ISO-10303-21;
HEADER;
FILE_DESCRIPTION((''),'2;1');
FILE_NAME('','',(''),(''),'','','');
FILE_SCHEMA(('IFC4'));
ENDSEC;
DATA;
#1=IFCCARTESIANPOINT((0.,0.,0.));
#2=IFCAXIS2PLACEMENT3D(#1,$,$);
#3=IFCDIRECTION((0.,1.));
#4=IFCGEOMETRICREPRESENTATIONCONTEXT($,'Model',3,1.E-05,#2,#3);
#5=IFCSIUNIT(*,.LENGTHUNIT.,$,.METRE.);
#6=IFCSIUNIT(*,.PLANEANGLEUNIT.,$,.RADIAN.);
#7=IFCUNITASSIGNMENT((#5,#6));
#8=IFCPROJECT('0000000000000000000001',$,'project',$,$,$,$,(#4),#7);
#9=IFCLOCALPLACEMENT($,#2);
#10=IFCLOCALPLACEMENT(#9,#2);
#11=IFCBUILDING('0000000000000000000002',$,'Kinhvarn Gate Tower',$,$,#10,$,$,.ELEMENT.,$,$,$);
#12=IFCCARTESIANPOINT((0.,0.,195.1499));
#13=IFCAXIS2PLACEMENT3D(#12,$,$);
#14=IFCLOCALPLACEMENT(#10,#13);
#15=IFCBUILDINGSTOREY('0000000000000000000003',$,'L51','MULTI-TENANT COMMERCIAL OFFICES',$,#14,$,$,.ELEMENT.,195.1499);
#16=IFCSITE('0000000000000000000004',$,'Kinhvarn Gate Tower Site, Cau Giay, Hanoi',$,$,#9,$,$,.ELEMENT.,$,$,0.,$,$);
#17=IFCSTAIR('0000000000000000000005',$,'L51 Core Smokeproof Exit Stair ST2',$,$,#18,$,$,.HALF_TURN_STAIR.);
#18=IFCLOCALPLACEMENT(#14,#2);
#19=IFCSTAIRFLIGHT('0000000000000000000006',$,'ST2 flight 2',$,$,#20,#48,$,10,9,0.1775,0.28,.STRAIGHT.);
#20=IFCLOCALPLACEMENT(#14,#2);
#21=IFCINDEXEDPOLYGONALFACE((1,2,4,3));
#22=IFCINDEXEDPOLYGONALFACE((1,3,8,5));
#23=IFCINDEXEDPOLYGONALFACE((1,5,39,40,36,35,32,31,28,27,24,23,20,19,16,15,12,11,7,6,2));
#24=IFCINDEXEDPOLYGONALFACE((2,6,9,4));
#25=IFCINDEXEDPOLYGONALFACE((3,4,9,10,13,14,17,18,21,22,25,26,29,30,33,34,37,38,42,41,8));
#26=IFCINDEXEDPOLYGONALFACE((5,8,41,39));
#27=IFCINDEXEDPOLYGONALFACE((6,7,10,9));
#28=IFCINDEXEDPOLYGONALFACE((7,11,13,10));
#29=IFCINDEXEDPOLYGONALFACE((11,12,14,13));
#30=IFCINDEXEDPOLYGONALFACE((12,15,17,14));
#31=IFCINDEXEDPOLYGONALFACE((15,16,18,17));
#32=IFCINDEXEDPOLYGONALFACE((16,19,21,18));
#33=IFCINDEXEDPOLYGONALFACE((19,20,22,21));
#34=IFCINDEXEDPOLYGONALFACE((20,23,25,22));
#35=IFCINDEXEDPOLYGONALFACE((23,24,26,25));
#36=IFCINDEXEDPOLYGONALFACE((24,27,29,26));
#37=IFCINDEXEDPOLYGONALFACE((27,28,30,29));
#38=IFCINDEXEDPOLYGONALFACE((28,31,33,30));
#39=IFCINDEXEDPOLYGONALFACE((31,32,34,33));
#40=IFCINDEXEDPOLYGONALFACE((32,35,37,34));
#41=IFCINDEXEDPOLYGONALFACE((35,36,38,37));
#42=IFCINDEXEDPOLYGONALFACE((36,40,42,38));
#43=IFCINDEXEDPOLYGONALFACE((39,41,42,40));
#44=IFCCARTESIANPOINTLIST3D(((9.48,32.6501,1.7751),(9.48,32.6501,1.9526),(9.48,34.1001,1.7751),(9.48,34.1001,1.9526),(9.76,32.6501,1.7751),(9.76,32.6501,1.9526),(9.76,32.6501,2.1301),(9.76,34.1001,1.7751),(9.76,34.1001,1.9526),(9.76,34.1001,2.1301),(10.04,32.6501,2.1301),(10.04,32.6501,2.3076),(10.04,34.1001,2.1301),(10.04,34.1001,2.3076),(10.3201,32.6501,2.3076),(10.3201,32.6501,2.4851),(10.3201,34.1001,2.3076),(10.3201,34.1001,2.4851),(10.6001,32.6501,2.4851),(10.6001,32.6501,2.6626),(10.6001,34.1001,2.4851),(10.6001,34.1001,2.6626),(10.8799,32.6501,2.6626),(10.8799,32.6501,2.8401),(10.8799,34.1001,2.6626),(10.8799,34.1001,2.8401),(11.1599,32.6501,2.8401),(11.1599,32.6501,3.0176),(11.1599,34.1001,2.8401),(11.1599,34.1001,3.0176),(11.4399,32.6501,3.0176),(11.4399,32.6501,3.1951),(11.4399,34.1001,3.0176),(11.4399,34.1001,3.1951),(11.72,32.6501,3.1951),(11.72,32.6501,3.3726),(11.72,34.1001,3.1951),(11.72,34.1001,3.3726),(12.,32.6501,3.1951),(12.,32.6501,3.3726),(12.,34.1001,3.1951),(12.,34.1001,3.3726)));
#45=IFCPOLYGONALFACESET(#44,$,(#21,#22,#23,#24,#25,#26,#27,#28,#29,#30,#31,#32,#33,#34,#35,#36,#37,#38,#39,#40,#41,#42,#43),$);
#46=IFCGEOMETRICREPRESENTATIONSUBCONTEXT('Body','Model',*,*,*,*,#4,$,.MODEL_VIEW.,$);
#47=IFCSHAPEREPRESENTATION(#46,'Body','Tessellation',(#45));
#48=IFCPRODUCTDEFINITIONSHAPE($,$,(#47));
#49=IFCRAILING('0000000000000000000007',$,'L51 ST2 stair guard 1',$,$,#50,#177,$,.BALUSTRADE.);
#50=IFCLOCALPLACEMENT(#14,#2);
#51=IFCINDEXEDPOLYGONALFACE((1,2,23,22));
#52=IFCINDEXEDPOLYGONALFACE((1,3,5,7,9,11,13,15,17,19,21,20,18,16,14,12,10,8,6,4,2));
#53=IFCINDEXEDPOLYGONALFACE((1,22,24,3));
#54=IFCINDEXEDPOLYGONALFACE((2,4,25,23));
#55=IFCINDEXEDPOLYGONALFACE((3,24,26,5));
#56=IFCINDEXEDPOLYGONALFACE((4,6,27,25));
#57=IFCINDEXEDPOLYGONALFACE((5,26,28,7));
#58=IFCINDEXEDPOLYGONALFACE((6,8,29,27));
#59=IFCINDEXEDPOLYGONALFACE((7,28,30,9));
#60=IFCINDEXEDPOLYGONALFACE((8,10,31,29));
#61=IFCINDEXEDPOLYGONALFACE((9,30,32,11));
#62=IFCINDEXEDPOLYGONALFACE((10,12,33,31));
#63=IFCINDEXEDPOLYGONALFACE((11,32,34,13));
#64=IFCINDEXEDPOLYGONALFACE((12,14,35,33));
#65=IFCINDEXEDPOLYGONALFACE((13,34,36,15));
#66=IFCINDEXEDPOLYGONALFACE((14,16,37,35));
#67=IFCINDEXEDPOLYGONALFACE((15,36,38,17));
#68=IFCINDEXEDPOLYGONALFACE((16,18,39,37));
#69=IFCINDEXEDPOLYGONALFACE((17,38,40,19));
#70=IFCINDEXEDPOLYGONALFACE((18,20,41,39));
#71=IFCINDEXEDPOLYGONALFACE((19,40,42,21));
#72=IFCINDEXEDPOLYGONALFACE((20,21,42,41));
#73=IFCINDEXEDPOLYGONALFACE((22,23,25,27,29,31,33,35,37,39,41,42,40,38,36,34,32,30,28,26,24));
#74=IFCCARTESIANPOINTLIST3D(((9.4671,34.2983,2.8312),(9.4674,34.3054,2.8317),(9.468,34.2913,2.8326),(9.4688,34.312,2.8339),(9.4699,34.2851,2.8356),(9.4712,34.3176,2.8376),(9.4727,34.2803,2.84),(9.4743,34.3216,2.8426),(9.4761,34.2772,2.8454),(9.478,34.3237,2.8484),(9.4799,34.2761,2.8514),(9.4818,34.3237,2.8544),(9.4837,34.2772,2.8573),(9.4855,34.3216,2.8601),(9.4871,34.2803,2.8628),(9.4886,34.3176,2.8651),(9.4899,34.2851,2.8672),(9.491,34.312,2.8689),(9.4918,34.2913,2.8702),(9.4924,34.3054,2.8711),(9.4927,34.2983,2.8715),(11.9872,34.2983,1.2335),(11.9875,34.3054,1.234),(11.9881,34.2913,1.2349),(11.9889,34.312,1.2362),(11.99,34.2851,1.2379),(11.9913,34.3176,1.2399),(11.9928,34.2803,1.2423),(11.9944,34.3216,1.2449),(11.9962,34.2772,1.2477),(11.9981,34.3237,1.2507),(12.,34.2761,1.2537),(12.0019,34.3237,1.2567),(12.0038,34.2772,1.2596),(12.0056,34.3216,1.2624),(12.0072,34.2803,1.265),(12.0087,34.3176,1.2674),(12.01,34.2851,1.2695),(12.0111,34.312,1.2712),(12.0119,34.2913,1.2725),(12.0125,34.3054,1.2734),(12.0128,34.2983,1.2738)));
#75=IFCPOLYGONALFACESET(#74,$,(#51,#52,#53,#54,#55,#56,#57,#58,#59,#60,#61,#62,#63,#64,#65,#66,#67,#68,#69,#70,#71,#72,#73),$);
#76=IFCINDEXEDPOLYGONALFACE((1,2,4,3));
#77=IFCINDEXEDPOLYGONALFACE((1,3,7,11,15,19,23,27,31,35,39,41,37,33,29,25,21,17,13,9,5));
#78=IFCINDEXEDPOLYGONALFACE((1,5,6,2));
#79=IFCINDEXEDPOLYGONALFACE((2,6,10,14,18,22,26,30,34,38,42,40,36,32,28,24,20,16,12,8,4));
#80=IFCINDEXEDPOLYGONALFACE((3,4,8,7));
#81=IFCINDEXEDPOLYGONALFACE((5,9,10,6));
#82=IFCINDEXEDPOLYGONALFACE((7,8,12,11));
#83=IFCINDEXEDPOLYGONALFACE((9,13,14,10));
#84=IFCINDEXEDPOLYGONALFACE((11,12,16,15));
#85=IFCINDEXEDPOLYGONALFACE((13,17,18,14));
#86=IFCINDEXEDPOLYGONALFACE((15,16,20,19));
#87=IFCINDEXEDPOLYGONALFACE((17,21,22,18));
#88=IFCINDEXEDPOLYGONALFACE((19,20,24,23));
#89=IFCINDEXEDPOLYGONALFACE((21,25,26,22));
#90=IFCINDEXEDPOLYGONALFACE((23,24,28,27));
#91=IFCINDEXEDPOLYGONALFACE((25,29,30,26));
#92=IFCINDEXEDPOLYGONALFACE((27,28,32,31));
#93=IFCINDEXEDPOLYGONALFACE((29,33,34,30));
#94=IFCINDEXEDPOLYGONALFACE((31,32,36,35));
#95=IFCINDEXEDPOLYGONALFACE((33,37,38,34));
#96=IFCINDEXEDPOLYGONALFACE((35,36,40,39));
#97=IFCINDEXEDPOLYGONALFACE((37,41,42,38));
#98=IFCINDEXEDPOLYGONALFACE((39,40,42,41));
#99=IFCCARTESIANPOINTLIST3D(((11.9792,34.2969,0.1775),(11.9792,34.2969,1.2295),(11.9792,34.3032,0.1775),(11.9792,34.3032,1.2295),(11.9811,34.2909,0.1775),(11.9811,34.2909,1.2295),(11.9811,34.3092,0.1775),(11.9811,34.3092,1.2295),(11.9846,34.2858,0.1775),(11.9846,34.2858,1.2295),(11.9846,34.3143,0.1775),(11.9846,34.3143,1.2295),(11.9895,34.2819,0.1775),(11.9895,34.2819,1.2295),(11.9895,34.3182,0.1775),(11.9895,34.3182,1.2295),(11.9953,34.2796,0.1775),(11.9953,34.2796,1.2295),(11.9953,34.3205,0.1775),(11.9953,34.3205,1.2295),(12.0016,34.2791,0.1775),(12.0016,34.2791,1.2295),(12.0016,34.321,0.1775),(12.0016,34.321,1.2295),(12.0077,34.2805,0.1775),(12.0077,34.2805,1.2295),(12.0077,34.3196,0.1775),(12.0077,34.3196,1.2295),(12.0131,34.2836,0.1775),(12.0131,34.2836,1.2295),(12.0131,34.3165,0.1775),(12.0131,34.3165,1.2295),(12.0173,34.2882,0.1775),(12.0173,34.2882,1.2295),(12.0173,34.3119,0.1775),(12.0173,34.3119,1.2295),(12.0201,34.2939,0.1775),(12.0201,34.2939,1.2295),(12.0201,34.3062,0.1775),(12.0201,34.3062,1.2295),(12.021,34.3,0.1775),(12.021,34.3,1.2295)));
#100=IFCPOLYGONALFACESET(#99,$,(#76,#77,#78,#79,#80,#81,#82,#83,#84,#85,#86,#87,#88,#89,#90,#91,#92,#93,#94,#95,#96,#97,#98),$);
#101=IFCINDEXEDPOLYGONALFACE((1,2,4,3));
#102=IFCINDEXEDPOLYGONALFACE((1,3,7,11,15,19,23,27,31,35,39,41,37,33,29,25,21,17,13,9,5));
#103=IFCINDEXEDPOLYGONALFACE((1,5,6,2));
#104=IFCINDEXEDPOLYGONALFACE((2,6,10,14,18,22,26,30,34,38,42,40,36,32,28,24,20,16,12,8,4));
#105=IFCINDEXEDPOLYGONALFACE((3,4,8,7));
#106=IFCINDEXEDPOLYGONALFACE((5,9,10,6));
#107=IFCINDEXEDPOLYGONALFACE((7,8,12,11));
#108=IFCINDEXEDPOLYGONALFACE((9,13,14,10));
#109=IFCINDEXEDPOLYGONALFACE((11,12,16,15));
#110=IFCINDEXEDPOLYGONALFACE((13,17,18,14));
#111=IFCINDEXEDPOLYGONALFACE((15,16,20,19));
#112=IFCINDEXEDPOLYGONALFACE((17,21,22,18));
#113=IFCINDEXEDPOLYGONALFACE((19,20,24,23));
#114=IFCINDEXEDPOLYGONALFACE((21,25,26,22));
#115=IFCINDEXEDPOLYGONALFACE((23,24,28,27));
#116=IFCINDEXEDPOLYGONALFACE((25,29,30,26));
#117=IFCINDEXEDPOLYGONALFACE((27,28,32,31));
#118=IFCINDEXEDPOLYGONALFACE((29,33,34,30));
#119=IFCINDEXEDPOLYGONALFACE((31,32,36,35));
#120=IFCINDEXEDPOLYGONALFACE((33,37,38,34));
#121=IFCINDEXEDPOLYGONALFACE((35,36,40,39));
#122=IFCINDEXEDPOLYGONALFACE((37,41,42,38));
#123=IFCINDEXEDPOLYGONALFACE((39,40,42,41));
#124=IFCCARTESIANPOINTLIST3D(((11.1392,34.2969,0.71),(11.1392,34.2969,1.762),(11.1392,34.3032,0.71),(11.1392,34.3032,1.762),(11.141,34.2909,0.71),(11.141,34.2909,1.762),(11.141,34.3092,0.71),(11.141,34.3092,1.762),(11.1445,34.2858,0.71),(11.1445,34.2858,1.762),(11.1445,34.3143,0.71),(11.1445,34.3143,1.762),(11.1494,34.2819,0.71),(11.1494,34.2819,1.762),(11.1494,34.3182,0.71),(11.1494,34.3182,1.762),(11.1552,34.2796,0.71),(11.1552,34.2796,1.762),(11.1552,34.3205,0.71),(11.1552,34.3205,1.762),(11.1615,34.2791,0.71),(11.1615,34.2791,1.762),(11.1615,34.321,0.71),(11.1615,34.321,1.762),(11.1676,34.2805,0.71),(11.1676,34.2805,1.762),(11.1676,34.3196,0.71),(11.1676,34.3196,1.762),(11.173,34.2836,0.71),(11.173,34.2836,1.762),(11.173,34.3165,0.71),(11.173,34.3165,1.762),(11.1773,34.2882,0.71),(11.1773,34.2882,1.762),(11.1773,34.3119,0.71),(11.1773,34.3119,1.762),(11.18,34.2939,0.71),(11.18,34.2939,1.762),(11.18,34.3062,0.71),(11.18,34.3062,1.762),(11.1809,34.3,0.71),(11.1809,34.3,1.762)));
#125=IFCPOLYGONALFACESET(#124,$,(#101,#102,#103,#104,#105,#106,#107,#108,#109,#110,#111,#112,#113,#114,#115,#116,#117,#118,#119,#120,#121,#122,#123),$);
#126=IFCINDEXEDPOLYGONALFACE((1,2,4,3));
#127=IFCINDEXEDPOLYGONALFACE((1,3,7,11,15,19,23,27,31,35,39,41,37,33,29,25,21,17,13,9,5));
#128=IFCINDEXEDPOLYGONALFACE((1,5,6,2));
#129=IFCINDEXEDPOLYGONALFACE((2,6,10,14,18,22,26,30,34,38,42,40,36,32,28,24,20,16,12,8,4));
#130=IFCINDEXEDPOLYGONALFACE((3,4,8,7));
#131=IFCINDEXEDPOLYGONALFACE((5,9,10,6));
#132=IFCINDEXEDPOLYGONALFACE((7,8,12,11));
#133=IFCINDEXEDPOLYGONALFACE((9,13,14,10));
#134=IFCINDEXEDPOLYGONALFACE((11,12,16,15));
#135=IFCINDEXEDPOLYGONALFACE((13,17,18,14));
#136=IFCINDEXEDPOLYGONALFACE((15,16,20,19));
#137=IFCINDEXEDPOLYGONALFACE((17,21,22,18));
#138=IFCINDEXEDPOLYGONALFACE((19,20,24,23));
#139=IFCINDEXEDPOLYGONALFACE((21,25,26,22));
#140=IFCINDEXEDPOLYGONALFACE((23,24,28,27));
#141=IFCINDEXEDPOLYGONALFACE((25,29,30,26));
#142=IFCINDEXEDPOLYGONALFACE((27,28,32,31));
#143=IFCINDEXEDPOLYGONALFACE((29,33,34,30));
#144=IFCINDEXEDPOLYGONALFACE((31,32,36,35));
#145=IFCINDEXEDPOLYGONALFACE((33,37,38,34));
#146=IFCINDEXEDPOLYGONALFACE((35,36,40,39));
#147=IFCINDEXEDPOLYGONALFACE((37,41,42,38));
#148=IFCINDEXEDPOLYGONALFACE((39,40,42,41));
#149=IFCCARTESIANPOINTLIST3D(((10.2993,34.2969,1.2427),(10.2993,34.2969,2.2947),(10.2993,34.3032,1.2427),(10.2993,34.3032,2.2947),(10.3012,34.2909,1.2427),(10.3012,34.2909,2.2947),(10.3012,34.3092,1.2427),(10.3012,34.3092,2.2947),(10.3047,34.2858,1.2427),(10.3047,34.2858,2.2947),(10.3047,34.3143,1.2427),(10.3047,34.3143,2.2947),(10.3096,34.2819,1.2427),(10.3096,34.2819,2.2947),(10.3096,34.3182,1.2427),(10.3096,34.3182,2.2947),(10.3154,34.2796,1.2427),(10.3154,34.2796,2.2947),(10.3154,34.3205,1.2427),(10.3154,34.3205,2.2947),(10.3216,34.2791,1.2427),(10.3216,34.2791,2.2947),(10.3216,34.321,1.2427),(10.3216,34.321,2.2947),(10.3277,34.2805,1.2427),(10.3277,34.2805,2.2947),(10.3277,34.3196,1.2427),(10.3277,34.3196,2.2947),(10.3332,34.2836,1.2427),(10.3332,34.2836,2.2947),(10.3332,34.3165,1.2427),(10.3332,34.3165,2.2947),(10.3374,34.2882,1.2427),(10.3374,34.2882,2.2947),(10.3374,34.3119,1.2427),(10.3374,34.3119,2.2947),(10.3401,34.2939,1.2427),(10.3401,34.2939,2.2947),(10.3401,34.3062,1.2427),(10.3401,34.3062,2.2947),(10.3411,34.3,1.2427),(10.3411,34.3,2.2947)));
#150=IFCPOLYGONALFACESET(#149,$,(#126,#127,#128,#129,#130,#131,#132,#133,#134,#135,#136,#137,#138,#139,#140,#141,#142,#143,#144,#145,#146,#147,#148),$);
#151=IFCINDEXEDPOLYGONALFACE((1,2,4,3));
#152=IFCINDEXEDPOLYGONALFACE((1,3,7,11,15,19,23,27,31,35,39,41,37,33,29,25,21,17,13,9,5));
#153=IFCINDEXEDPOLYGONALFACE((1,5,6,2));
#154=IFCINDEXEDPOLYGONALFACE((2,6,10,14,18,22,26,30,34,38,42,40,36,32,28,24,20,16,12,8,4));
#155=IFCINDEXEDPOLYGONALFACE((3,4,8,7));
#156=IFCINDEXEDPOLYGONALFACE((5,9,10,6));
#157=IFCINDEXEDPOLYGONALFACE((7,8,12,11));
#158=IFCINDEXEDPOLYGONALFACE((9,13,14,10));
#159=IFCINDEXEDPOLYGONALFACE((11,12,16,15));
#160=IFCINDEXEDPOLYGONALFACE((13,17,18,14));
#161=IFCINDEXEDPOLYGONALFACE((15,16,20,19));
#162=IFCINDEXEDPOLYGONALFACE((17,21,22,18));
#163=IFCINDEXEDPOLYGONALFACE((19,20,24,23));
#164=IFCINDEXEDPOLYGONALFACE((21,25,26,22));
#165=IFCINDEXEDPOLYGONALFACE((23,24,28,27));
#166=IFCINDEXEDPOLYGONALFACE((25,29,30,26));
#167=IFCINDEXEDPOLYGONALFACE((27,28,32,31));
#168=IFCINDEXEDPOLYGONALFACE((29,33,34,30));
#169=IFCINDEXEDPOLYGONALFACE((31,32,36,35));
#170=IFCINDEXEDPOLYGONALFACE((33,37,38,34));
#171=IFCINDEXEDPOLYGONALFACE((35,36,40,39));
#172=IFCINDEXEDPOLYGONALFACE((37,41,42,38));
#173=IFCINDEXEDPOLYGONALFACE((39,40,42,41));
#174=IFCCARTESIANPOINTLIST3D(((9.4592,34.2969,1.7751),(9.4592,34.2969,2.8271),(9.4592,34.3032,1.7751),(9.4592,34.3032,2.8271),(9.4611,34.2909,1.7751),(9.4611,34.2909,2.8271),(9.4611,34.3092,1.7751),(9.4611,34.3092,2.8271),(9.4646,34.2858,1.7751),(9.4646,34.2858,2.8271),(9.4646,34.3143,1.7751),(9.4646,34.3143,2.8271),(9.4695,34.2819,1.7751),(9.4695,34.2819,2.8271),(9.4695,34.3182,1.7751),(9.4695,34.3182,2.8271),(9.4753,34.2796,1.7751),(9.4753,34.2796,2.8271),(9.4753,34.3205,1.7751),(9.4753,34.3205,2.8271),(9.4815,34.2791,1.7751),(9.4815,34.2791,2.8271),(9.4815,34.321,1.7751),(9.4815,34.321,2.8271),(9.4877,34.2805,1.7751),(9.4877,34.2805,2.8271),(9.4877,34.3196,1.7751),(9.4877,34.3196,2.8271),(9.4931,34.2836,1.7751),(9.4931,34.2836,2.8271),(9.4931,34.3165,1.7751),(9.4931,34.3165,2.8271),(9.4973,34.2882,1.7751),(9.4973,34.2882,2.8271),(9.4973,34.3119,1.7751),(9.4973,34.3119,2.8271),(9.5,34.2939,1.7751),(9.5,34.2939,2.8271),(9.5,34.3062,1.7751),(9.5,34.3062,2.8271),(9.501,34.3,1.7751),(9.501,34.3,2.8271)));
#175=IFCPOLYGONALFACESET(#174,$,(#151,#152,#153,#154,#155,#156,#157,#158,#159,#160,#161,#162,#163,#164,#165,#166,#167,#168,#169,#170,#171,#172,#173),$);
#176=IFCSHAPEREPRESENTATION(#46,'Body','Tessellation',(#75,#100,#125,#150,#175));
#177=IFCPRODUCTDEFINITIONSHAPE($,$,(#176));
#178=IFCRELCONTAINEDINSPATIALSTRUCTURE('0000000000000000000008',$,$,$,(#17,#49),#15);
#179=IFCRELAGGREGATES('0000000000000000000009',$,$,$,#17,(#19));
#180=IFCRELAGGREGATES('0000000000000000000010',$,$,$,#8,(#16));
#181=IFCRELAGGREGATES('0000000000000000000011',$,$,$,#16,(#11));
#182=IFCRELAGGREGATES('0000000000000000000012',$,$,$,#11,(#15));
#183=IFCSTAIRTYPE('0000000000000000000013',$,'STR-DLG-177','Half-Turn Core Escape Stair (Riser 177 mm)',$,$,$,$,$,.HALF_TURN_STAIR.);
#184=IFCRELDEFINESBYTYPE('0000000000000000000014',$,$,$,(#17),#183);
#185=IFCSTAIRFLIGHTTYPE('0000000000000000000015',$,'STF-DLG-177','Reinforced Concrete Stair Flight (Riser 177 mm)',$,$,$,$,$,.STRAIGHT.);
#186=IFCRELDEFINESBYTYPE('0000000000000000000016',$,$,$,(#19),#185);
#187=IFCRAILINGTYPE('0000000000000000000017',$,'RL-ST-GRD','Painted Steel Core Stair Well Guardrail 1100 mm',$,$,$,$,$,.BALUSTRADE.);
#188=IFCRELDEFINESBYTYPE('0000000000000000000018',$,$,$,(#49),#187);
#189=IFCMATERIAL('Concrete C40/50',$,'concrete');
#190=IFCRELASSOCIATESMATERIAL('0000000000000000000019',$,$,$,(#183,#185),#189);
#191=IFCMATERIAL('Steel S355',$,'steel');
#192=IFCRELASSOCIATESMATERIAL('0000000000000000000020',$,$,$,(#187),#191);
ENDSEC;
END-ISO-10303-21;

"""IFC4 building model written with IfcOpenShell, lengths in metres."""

from ifc_helpers import new_model, si_unit, direction, frame, origin, origin_2d, place, context, subcontext, project, spatial, polyline, circle, outline, extrude, material, type_object, element, aggregate, save


model = new_model("IFC4")

# Units and contexts
model_context = context("Model", 3, precision=1e-05, world=origin(), true_north=direction((0.0, 1.0)))
body_context = subcontext(model_context, "Body", "Model", "MODEL_VIEW")
ifc_project = project(units=[si_unit("LENGTHUNIT", "METRE"), si_unit("PLANEANGLEUNIT", "RADIAN")], contexts=[model_context])

# Site, building, storey
site_placement = place(None, origin())
site = spatial("IfcSite", under=ifc_project, at=site_placement, Name="Kinhvarn Gate Tower Site, Cau Giay, Hanoi", CompositionType="ELEMENT", RefElevation=0.0)
building_placement = place(site_placement, origin())
building = spatial("IfcBuilding", under=site, at=building_placement, Name="Kinhvarn Gate Tower", CompositionType="ELEMENT")
storey_placement = place(building_placement, frame((0.0, 0.0, 195.1499)))
storey = spatial("IfcBuildingStorey", under=building, at=storey_placement, Name="L51", Description="MULTI-TENANT COMMERCIAL OFFICES", CompositionType="ELEMENT", Elevation=195.1499)

# Shared definitions
ifc_material_1 = material(Name="Concrete C40/50", Category="concrete")

# Stair, stair flight
stair_type = type_object("IfcStairType", Name="STR-DLG-177", Description="Half-Turn Core Escape Stair (Riser 177 mm)", PredefinedType="HALF_TURN_STAIR", material=ifc_material_1)
stair_placement = place(storey_placement, origin())
stair = element("IfcStair", 1, at=stair_placement, inside=storey, type_object=stair_type, Name="L51 Core Smokeproof Exit Stair ST2", PredefinedType="HALF_TURN_STAIR")
stair_flight_type = type_object("IfcStairFlightType", Name="STF-DLG-177", Description="Reinforced Concrete Stair Flight (Riser 177 mm)", PredefinedType="STRAIGHT", material=ifc_material_1)
stair_flight_placement = place(storey_placement, frame((9.48, 33.375, 1.7751), z_axis=(0.0, 0.0, 1.0), x_axis=(1.0, 0.0, 0.0)))
stair_flight = element("IfcStairFlight", 2, at=stair_flight_placement, type_object=stair_flight_type, Name="ST2 flight 2", NumberOfRisers=10, NumberOfTreads=9, PredefinedType="STRAIGHT", RiserHeight=0.1775, TreadLength=0.28, context=body_context, shape_type="SweptSolid", body=[
    extrude(outline(polyline([(0.0, 0.0), (0.0, 0.1775), (0.28, 0.1775), (0.28, 0.355), (0.5601, 0.355), (0.5601, 0.5325), (0.8401, 0.5325), (0.8401, 0.71), (1.1201, 0.71), (1.1201, 0.8875), (1.3999, 0.8875), (1.3999, 1.0649), (1.6799, 1.0649), (1.6799, 1.2424), (1.96, 1.2424), (1.96, 1.4199), (2.24, 1.4199), (2.24, 1.5974), (2.52, 1.5974), (2.52, 1.7749), (2.52, 1.4199), (0.28, 0.0), (0.0, 0.0)])), frame((0.0, 0.7251, 0.0), z_axis=(0.0, -1.0, 0.0), x_axis=(1.0, 0.0, 0.0)), (0.0, 0.0, 1.0), 1.45),
])
aggregate(stair, [stair_flight])

# Railing
ifc_material_2 = material(Name="Steel S355", Category="steel")
railing_type_1 = type_object("IfcRailingType", Name="RL-ST-GRD", Description="Painted Steel Core Stair Well Guardrail 1100 mm", PredefinedType="BALUSTRADE", material=ifc_material_2)
railing_1_placement = place(storey_placement, frame((12.0, 34.3, 0.1775)))
element("IfcRailing", 3, at=railing_1_placement, inside=storey, type_object=railing_type_1, Name="L51 ST2 stair guard 1", PredefinedType="BALUSTRADE", context=body_context, shape_type="SweptSolid", body=[
    extrude(circle(Radius=0.0239, at=origin_2d()), frame((0.0, 0.0, 1.0762), z_axis=(-0.84457, 0.0, 0.535445), x_axis=(0.0, -1.0, 0.0)), (0.0, 0.0, 1.0), 2.9839),
    extrude(circle(Radius=0.021, at=origin_2d()), origin(), (0.0, 0.0, 1.0), 1.052),
    extrude(circle(Radius=0.021, at=origin_2d()), frame((-0.8401, 0.0, 0.5325)), (0.0, 0.0, 1.0), 1.052),
    extrude(circle(Radius=0.021, at=origin_2d()), frame((-1.6799, 0.0, 1.0652)), (0.0, 0.0, 1.0), 1.052),
    extrude(circle(Radius=0.021, at=origin_2d()), frame((-2.52, 0.0, 1.5977)), (0.0, 0.0, 1.0), 1.052),
])

save(model, "model.ifc")
